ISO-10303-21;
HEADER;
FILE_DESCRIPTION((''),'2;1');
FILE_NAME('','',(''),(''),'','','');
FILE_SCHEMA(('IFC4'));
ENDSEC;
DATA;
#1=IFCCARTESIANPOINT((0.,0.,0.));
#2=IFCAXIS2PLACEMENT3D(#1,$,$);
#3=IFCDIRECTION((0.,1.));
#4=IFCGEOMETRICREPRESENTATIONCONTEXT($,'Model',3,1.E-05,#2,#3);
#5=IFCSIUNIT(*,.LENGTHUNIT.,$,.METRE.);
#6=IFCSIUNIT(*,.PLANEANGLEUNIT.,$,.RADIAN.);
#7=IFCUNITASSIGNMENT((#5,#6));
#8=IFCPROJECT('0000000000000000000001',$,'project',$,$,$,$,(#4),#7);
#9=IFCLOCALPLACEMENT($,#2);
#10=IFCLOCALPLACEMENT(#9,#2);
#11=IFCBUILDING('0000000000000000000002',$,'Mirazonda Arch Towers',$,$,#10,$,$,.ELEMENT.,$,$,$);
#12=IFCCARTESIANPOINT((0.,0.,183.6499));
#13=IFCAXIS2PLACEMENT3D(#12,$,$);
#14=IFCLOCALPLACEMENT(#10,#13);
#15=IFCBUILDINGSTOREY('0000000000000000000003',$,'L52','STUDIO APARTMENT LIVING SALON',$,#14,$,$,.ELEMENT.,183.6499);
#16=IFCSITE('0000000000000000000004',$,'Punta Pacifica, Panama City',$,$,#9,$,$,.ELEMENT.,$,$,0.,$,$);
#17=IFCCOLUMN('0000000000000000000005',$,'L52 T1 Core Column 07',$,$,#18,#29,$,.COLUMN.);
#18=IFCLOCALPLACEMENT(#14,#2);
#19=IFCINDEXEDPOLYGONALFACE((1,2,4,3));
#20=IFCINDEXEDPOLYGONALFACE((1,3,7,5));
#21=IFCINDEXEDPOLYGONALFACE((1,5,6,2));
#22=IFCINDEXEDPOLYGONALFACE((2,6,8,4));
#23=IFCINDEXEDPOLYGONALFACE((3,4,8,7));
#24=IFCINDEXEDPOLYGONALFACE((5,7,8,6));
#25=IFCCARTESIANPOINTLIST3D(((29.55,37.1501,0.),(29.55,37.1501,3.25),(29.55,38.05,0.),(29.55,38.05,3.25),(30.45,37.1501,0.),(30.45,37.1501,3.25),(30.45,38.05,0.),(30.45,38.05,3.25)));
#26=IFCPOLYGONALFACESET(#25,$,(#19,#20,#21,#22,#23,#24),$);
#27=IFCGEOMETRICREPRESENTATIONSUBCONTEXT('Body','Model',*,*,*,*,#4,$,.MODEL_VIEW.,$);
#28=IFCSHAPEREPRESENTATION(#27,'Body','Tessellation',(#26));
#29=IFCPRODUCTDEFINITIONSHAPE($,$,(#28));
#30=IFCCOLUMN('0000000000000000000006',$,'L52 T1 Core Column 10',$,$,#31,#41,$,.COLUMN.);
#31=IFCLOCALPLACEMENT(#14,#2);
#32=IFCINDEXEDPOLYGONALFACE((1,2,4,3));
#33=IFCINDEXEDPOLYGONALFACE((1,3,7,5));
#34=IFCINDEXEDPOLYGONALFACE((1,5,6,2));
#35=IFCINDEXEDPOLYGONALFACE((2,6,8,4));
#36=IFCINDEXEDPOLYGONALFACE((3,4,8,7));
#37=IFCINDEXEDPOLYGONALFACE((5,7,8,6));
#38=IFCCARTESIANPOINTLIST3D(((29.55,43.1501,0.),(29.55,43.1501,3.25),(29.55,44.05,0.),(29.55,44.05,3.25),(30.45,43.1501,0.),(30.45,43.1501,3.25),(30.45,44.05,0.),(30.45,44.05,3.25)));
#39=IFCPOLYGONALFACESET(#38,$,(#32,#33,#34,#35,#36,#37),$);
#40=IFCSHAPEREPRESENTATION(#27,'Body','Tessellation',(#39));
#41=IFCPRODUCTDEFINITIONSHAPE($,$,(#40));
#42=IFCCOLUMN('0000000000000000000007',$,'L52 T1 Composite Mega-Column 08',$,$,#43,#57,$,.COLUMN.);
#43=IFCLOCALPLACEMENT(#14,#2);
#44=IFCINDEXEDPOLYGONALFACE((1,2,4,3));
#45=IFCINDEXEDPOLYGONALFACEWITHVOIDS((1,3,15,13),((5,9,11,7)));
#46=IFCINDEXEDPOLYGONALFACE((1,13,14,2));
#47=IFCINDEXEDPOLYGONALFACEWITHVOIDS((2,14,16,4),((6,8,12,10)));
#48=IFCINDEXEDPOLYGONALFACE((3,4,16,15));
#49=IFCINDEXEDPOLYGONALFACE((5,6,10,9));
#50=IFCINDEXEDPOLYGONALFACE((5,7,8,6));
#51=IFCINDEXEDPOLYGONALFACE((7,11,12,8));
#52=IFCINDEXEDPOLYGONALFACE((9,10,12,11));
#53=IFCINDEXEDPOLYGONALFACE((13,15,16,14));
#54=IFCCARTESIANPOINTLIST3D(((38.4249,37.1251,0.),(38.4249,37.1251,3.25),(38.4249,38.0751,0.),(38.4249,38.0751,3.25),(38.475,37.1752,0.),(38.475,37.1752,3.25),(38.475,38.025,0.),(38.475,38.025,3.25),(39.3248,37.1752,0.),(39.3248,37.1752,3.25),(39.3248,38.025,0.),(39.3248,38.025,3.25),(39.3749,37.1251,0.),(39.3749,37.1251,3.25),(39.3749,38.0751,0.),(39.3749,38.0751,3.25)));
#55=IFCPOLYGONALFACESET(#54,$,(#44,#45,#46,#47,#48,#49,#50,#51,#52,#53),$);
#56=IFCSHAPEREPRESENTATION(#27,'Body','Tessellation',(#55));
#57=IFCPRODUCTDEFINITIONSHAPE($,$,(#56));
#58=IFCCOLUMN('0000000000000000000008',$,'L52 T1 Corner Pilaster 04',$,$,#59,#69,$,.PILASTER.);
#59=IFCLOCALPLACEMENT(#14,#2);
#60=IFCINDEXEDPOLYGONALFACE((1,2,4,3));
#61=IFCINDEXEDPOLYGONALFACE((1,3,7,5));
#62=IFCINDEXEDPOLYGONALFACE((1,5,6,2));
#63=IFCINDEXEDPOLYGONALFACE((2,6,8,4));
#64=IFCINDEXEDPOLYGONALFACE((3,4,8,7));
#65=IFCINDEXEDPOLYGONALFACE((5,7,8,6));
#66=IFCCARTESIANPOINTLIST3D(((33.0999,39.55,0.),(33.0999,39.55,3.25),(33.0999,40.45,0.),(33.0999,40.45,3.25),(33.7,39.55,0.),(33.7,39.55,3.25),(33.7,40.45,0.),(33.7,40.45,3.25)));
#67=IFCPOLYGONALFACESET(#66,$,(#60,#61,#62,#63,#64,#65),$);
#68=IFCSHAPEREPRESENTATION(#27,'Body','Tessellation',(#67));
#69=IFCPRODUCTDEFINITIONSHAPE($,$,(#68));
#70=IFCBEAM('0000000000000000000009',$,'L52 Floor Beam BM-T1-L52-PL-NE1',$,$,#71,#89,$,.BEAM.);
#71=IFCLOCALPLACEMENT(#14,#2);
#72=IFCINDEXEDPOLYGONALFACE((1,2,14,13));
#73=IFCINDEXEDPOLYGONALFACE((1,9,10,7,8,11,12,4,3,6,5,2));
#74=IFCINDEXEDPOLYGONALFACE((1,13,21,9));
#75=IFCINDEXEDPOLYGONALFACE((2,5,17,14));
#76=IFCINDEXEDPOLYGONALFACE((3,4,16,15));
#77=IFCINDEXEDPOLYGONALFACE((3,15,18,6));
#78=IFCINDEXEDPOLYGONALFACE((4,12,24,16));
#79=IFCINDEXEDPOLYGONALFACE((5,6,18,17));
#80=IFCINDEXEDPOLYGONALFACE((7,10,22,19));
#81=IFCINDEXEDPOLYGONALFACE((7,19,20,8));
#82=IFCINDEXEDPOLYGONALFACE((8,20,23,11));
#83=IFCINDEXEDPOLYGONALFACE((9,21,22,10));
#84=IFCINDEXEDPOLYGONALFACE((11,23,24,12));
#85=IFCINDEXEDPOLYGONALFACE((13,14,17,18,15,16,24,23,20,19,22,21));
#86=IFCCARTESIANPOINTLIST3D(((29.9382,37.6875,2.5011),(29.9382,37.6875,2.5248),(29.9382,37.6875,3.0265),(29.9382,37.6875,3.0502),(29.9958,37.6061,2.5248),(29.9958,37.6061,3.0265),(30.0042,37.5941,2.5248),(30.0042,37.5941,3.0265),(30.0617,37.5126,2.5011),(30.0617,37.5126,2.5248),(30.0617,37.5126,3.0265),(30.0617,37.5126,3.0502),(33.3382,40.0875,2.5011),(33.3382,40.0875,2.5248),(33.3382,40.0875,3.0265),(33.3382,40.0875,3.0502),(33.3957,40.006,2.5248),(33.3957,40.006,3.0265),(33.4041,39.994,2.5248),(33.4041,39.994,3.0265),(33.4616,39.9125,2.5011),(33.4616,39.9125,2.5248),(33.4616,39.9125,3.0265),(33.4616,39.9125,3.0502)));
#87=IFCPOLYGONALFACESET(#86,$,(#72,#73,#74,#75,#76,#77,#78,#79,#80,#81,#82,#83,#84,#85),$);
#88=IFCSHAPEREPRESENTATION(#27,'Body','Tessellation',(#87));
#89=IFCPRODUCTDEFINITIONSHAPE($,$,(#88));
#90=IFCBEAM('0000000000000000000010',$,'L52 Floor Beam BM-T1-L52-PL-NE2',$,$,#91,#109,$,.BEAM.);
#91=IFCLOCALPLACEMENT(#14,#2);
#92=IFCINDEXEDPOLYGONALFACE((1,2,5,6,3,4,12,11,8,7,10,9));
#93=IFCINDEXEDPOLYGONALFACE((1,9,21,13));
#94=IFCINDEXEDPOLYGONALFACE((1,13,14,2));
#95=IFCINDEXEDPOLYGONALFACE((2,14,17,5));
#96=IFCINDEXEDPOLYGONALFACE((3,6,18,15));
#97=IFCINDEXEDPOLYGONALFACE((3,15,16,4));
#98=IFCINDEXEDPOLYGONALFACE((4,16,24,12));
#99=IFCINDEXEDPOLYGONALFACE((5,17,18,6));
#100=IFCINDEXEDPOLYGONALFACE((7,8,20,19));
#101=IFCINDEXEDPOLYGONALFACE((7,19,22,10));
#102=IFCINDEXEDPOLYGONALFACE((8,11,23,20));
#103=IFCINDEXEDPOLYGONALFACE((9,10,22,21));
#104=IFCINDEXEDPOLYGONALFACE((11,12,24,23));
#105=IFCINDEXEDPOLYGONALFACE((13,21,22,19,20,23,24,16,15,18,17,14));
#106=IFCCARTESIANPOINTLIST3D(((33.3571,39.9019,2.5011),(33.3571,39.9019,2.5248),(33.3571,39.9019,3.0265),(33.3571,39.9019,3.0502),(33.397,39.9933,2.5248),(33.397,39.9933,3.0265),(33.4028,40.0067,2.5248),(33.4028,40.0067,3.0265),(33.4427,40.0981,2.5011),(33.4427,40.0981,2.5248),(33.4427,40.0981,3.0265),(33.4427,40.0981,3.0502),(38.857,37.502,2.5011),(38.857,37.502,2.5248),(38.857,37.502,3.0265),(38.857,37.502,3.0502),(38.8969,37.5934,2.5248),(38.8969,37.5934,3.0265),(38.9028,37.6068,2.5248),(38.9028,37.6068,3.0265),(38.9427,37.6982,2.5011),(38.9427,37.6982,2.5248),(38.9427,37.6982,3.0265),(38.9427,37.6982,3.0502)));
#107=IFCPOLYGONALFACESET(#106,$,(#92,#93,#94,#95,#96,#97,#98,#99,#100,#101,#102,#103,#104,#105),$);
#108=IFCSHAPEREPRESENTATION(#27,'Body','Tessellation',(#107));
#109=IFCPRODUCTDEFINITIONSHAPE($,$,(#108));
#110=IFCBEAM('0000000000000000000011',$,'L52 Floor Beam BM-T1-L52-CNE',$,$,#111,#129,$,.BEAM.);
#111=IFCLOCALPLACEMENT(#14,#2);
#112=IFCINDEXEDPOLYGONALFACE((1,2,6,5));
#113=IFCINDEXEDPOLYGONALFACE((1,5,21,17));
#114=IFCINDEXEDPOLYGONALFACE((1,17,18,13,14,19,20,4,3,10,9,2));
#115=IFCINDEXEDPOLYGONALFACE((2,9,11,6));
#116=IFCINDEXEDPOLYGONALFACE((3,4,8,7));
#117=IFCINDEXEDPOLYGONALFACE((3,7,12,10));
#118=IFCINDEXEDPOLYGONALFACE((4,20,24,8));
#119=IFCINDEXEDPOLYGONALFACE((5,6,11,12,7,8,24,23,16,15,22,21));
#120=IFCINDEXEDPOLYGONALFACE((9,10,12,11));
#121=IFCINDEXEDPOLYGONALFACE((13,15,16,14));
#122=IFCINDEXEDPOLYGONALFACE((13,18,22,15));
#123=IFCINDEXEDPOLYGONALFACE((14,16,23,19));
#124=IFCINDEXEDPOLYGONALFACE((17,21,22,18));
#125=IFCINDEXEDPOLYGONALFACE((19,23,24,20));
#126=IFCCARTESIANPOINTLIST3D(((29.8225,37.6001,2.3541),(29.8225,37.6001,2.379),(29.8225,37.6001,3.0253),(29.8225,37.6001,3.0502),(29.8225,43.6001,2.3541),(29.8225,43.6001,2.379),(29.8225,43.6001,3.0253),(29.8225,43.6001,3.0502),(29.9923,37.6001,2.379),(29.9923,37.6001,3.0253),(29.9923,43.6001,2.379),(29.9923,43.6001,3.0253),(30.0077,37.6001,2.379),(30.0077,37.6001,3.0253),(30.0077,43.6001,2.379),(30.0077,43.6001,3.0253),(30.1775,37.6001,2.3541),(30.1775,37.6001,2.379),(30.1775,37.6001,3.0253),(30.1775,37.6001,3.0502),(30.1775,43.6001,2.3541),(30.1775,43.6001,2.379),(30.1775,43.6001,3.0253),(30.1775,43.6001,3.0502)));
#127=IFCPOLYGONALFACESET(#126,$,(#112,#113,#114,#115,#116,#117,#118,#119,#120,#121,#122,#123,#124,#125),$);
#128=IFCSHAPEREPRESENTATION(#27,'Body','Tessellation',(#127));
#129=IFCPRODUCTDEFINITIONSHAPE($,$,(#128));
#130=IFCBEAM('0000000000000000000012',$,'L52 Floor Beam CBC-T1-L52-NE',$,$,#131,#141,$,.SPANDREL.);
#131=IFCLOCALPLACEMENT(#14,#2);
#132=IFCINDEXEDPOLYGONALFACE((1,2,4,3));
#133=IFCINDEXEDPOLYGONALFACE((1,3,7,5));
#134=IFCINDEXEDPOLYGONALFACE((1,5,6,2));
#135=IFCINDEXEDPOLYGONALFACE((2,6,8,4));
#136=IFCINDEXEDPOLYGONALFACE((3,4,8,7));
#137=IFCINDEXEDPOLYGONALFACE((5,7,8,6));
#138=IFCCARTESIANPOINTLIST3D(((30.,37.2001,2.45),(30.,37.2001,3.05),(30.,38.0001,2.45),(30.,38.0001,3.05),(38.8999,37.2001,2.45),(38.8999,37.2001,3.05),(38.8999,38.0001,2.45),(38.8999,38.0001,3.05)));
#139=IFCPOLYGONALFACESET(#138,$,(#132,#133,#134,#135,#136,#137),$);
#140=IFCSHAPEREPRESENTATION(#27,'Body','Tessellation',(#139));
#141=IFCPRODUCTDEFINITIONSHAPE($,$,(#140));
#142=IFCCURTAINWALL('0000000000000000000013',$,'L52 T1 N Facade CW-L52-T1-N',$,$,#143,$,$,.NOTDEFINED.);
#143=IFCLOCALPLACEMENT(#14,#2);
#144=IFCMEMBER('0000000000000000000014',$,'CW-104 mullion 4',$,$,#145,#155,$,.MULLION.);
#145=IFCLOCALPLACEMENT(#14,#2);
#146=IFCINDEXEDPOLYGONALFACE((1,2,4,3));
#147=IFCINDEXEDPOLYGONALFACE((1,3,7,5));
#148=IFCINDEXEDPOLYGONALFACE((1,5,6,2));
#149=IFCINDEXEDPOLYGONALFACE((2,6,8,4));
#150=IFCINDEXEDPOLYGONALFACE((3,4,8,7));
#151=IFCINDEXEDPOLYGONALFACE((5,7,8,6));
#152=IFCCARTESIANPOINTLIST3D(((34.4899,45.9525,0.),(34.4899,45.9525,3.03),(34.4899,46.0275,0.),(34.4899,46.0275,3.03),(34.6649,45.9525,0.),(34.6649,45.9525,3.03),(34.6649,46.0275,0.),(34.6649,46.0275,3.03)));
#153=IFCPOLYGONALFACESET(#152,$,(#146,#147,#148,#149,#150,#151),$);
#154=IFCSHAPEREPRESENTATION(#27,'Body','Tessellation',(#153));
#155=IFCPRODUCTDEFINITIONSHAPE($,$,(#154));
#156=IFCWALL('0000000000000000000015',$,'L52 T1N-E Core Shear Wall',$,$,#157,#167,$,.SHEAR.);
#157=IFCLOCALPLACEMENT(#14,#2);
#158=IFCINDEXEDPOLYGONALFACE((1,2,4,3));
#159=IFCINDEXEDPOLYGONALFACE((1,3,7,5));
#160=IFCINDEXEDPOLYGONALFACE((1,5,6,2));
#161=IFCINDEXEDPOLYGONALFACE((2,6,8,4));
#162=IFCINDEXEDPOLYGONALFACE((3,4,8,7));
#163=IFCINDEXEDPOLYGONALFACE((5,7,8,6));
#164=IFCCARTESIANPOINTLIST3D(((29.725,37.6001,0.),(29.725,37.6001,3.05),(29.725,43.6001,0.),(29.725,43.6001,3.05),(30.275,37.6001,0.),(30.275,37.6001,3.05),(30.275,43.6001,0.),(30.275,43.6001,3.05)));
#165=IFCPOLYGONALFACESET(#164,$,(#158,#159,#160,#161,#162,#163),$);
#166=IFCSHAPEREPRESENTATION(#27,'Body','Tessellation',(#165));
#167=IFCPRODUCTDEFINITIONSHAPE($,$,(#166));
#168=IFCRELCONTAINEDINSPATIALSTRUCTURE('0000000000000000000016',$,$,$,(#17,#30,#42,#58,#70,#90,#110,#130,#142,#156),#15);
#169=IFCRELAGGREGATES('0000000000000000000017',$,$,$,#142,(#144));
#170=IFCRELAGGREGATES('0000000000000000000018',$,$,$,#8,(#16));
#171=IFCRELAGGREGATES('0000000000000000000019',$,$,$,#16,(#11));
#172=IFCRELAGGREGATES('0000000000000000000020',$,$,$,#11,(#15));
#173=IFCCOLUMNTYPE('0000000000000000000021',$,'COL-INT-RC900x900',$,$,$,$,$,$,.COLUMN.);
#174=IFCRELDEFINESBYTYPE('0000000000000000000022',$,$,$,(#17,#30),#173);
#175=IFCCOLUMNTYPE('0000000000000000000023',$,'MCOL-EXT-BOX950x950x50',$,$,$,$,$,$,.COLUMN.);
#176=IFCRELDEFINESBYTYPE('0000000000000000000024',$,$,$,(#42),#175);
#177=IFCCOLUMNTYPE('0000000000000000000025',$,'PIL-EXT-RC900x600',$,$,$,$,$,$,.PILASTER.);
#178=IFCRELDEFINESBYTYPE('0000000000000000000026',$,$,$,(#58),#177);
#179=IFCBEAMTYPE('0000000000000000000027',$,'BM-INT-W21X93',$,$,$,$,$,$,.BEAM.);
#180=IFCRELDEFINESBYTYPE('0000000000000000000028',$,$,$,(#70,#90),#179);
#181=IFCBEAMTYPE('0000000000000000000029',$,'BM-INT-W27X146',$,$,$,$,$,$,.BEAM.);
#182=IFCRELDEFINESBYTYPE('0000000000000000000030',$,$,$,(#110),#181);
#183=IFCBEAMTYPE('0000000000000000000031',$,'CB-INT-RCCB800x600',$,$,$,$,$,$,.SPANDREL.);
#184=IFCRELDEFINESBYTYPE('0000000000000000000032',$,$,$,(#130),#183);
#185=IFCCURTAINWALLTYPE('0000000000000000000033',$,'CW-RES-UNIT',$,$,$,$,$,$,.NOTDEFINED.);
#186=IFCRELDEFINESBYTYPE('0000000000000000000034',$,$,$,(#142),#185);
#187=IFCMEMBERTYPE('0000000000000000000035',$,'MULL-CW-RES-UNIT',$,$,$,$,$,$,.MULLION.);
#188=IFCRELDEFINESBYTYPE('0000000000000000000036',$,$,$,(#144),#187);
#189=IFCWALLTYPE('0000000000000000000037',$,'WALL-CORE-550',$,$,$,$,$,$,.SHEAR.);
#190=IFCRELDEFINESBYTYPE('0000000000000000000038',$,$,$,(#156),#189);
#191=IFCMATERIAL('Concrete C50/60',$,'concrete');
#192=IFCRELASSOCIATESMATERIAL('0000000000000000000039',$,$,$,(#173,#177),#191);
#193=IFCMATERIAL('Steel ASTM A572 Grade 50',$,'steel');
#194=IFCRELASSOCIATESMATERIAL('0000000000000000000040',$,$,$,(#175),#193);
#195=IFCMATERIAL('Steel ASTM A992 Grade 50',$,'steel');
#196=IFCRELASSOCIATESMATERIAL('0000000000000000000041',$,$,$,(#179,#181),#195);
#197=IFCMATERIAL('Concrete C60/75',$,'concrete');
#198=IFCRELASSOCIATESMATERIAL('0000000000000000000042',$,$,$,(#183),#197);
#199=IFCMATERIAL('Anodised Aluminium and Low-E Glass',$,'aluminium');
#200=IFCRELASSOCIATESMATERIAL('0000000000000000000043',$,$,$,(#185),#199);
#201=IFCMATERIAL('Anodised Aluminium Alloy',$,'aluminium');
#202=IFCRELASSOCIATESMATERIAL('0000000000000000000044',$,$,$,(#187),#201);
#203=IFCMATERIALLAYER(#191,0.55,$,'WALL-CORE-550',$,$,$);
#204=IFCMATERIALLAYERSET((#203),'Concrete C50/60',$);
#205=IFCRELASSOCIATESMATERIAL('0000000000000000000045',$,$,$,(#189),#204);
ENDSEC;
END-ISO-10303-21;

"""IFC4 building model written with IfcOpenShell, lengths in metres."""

from ifc_helpers import new_model, si_unit, direction, frame, frame_2d, origin, origin_2d, place, context, subcontext, project, spatial, rectangle, hollow_rectangle, i_section, extrude, material, layer, layer_set, material_profile, profile_set, type_object, element, aggregate, save


model = new_model("IFC4")

# Units and contexts
model_context = context("Model", 3, precision=1e-05, world=origin(), true_north=direction((0.0, 1.0)))
body_context = subcontext(model_context, "Body", "Model", "MODEL_VIEW")
ifc_project = project(units=[si_unit("LENGTHUNIT", "METRE"), si_unit("PLANEANGLEUNIT", "RADIAN")], contexts=[model_context])

# Site, building, storey
site_placement = place(None, origin())
site = spatial("IfcSite", under=ifc_project, at=site_placement, Name="Punta Pacifica, Panama City", CompositionType="ELEMENT", RefElevation=0.0)
building_placement = place(site_placement, origin())
building = spatial("IfcBuilding", under=site, at=building_placement, Name="Mirazonda Arch Towers", CompositionType="ELEMENT")
storey_placement = place(building_placement, frame((0.0, 0.0, 183.6499)))
storey = spatial("IfcBuildingStorey", under=building, at=storey_placement, Name="L52", Description="STUDIO APARTMENT LIVING SALON", CompositionType="ELEMENT", Elevation=183.6499)

# Columns
ifc_material_1 = material(Name="Concrete C50/60", Category="concrete")
ifc_material_profile_1 = material_profile(ifc_material_1, rectangle(XDim=0.8999, YDim=0.8999, at=origin_2d()), Name="RC900x900")
ifc_profile_set_1 = profile_set([ifc_material_profile_1], Name="Concrete C50/60")
column_type_1 = type_object("IfcColumnType", Name="COL-INT-RC900x900", PredefinedType="COLUMN", material=ifc_profile_set_1)
for number, where, z_axis, x_axis, name in (
    (1, (30.0, 37.6001, 0.0), (0.0, 0.0, 1.0), (1.0, 0.0, 0.0), "L52 T1 Core Column 07"),
    (2, (30.0, 43.6001, 0.0), (0.0, 0.0, 1.0), (1.0, 0.0, 0.0), "L52 T1 Core Column 10"),
):
    element("IfcColumn", number, at=place(storey_placement, frame(where, z_axis=z_axis, x_axis=x_axis)), inside=storey, type_object=column_type_1, Name=name, PredefinedType="COLUMN", context=body_context, shape_type="SweptSolid", body=[
        extrude(rectangle(XDim=0.8999, YDim=0.8999, at=origin_2d()), origin(), (0.0, 0.0, 1.0), 3.25),
    ])
ifc_material_2 = material(Name="Steel ASTM A572 Grade 50", Category="steel")
ifc_material_profile_2 = material_profile(ifc_material_2, hollow_rectangle(XDim=0.95, YDim=0.95, WallThickness=0.05, at=origin_2d()), Name="BOX950x950x50")
ifc_profile_set_2 = profile_set([ifc_material_profile_2], Name="Steel ASTM A572 Grade 50")
column_type_2 = type_object("IfcColumnType", Name="MCOL-EXT-BOX950x950x50", PredefinedType="COLUMN", material=ifc_profile_set_2)
column_1_placement = place(storey_placement, frame((38.8999, 37.6001, 0.0), z_axis=(0.0, 0.0, 1.0), x_axis=(1.0, 0.0, 0.0)))
element("IfcColumn", 3, at=column_1_placement, inside=storey, type_object=column_type_2, Name="L52 T1 Composite Mega-Column 08", PredefinedType="COLUMN", context=body_context, shape_type="SweptSolid", body=[
    extrude(hollow_rectangle(XDim=0.95, YDim=0.95, WallThickness=0.05, at=origin_2d()), origin(), (0.0, 0.0, 1.0), 3.25),
])
ifc_material_profile_3 = material_profile(ifc_material_1, rectangle(XDim=0.6001, YDim=0.8999, at=origin_2d()), Name="RC900x600")
ifc_profile_set_3 = profile_set([ifc_material_profile_3], Name="Concrete C50/60")
column_type_3 = type_object("IfcColumnType", Name="PIL-EXT-RC900x600", PredefinedType="PILASTER", material=ifc_profile_set_3)
column_2_placement = place(storey_placement, frame((33.3999, 40.0, 0.0), z_axis=(0.0, 0.0, 1.0), x_axis=(1.0, 0.0, 0.0)))
element("IfcColumn", 4, at=column_2_placement, inside=storey, type_object=column_type_3, Name="L52 T1 Corner Pilaster 04", PredefinedType="PILASTER", context=body_context, shape_type="SweptSolid", body=[
    extrude(rectangle(XDim=0.6001, YDim=0.8999, at=origin_2d()), origin(), (0.0, 0.0, 1.0), 3.25),
])

# Beams
ifc_material_3 = material(Name="Steel ASTM A992 Grade 50", Category="steel")
ifc_material_profile_4 = material_profile(ifc_material_3, i_section(OverallWidth=0.2141, OverallDepth=0.5491, WebThickness=0.0146, FlangeThickness=0.0237, at=origin_2d()), Name="W21X93")
ifc_profile_set_4 = profile_set([ifc_material_profile_4], Name="Steel ASTM A992 Grade 50")
beam_type_1 = type_object("IfcBeamType", Name="BM-INT-W21X93", PredefinedType="BEAM", material=ifc_profile_set_4)
beam_1_placement = place(storey_placement, frame((33.3999, 40.0, 2.7756), z_axis=(-0.816971, -0.576679, 0.0), x_axis=(0.576679, -0.816971, 0.0)))
element("IfcBeam", 5, at=beam_1_placement, inside=storey, type_object=beam_type_1, Name="L52 Floor Beam BM-T1-L52-PL-NE1", PredefinedType="BEAM", context=body_context, shape_type="SweptSolid", body=[
    extrude(i_section(OverallWidth=0.2141, OverallDepth=0.5491, WebThickness=0.0146, FlangeThickness=0.0237, at=origin_2d()), origin(), (0.0, 0.0, 1.0), 4.1616),
])
beam_2_placement = place(storey_placement, frame((33.3999, 40.0, 2.7756), z_axis=(0.916545, -0.399931, 0.0), x_axis=(0.399931, 0.916545, 0.0)))
element("IfcBeam", 6, at=beam_2_placement, inside=storey, type_object=beam_type_1, Name="L52 Floor Beam BM-T1-L52-PL-NE2", PredefinedType="BEAM", context=body_context, shape_type="SweptSolid", body=[
    extrude(i_section(OverallWidth=0.2141, OverallDepth=0.5491, WebThickness=0.0146, FlangeThickness=0.0237, at=origin_2d()), origin(), (0.0, 0.0, 1.0), 6.0007),
])
ifc_material_profile_5 = material_profile(ifc_material_3, i_section(OverallWidth=0.355, OverallDepth=0.696, WebThickness=0.0154, FlangeThickness=0.0249, at=origin_2d()), Name="W27X146")
ifc_profile_set_5 = profile_set([ifc_material_profile_5], Name="Steel ASTM A992 Grade 50")
beam_type_2 = type_object("IfcBeamType", Name="BM-INT-W27X146", PredefinedType="BEAM", material=ifc_profile_set_5)
beam_3_placement = place(storey_placement, frame((30.0, 37.6001, 2.7021), z_axis=(0.0, 1.0, 0.0), x_axis=(-1.0, 0.0, 0.0)))
element("IfcBeam", 7, at=beam_3_placement, inside=storey, type_object=beam_type_2, Name="L52 Floor Beam BM-T1-L52-CNE", PredefinedType="BEAM", context=body_context, shape_type="SweptSolid", body=[
    extrude(i_section(OverallWidth=0.355, OverallDepth=0.696, WebThickness=0.0154, FlangeThickness=0.0249, at=origin_2d()), origin(), (0.0, 0.0, 1.0), 6.0),
])
ifc_material_4 = material(Name="Concrete C60/75", Category="concrete")
ifc_material_profile_6 = material_profile(ifc_material_4, rectangle(XDim=0.8, YDim=0.6001, at=origin_2d()), Name="RCCB800x600")
ifc_profile_set_6 = profile_set([ifc_material_profile_6], Name="Concrete C60/75")
beam_type_3 = type_object("IfcBeamType", Name="CB-INT-RCCB800x600", PredefinedType="SPANDREL", material=ifc_profile_set_6)
beam_4_placement = place(storey_placement, frame((30.0, 37.6001, 2.75), z_axis=(1.0, 0.0, 0.0), x_axis=(0.0, 1.0, 0.0)))
element("IfcBeam", 8, at=beam_4_placement, inside=storey, type_object=beam_type_3, Name="L52 Floor Beam CBC-T1-L52-NE", PredefinedType="SPANDREL", context=body_context, shape_type="SweptSolid", body=[
    extrude(rectangle(XDim=0.8, YDim=0.6001, at=origin_2d()), origin(), (0.0, 0.0, 1.0), 8.8999),
])

# Curtain wall, member
ifc_material_5 = material(Name="Anodised Aluminium and Low-E Glass", Category="aluminium")
curtain_wall_type = type_object("IfcCurtainWallType", Name="CW-RES-UNIT", PredefinedType="NOTDEFINED", material=ifc_material_5)
curtain_wall_placement = place(storey_placement, origin())
curtain_wall = element("IfcCurtainWall", 9, at=curtain_wall_placement, inside=storey, type_object=curtain_wall_type, Name="L52 T1 N Facade CW-L52-T1-N", PredefinedType="NOTDEFINED")
ifc_material_6 = material(Name="Anodised Aluminium Alloy", Category="aluminium")
ifc_material_profile_7 = material_profile(ifc_material_6, rectangle(XDim=0.075, YDim=0.175, at=origin_2d()), Name="ALU-MULL-75x175")
ifc_profile_set_7 = profile_set([ifc_material_profile_7], Name="Anodised Aluminium Alloy")
member_type = type_object("IfcMemberType", Name="MULL-CW-RES-UNIT", PredefinedType="MULLION", material=ifc_profile_set_7)
member_placement = place(storey_placement, frame((34.5774, 45.99, 0.0), z_axis=(0.0, 0.0, 1.0), x_axis=(0.0, 1.0, 0.0)))
member = element("IfcMember", 10, at=member_placement, type_object=member_type, Name="CW-104 mullion 4", PredefinedType="MULLION", context=body_context, shape_type="SweptSolid", body=[
    extrude(rectangle(XDim=0.075, YDim=0.175, at=origin_2d()), origin(), (0.0, 0.0, 1.0), 3.03),
])
aggregate(curtain_wall, [member])

# Wall
ifc_layer_1 = layer(ifc_material_1, 0.55, Name="WALL-CORE-550")
ifc_layer_set_1 = layer_set([ifc_layer_1], Name="Concrete C50/60")
wall_type_1 = type_object("IfcWallType", Name="WALL-CORE-550", PredefinedType="SHEAR", material=ifc_layer_set_1)
wall_1_placement = place(storey_placement, frame((30.0, 37.6001, 0.0), z_axis=(0.0, 0.0, 1.0), x_axis=(0.0, 1.0, 0.0)))
element("IfcWall", 11, at=wall_1_placement, inside=storey, type_object=wall_type_1, Name="L52 T1N-E Core Shear Wall", PredefinedType="SHEAR", context=body_context, shape_type="SweptSolid", body=[
    extrude(rectangle(XDim=6.0, YDim=0.55, at=frame_2d((3.0, 0.0))), origin(), (0.0, 0.0, 1.0), 3.05),
])

save(model, "model.ifc")
